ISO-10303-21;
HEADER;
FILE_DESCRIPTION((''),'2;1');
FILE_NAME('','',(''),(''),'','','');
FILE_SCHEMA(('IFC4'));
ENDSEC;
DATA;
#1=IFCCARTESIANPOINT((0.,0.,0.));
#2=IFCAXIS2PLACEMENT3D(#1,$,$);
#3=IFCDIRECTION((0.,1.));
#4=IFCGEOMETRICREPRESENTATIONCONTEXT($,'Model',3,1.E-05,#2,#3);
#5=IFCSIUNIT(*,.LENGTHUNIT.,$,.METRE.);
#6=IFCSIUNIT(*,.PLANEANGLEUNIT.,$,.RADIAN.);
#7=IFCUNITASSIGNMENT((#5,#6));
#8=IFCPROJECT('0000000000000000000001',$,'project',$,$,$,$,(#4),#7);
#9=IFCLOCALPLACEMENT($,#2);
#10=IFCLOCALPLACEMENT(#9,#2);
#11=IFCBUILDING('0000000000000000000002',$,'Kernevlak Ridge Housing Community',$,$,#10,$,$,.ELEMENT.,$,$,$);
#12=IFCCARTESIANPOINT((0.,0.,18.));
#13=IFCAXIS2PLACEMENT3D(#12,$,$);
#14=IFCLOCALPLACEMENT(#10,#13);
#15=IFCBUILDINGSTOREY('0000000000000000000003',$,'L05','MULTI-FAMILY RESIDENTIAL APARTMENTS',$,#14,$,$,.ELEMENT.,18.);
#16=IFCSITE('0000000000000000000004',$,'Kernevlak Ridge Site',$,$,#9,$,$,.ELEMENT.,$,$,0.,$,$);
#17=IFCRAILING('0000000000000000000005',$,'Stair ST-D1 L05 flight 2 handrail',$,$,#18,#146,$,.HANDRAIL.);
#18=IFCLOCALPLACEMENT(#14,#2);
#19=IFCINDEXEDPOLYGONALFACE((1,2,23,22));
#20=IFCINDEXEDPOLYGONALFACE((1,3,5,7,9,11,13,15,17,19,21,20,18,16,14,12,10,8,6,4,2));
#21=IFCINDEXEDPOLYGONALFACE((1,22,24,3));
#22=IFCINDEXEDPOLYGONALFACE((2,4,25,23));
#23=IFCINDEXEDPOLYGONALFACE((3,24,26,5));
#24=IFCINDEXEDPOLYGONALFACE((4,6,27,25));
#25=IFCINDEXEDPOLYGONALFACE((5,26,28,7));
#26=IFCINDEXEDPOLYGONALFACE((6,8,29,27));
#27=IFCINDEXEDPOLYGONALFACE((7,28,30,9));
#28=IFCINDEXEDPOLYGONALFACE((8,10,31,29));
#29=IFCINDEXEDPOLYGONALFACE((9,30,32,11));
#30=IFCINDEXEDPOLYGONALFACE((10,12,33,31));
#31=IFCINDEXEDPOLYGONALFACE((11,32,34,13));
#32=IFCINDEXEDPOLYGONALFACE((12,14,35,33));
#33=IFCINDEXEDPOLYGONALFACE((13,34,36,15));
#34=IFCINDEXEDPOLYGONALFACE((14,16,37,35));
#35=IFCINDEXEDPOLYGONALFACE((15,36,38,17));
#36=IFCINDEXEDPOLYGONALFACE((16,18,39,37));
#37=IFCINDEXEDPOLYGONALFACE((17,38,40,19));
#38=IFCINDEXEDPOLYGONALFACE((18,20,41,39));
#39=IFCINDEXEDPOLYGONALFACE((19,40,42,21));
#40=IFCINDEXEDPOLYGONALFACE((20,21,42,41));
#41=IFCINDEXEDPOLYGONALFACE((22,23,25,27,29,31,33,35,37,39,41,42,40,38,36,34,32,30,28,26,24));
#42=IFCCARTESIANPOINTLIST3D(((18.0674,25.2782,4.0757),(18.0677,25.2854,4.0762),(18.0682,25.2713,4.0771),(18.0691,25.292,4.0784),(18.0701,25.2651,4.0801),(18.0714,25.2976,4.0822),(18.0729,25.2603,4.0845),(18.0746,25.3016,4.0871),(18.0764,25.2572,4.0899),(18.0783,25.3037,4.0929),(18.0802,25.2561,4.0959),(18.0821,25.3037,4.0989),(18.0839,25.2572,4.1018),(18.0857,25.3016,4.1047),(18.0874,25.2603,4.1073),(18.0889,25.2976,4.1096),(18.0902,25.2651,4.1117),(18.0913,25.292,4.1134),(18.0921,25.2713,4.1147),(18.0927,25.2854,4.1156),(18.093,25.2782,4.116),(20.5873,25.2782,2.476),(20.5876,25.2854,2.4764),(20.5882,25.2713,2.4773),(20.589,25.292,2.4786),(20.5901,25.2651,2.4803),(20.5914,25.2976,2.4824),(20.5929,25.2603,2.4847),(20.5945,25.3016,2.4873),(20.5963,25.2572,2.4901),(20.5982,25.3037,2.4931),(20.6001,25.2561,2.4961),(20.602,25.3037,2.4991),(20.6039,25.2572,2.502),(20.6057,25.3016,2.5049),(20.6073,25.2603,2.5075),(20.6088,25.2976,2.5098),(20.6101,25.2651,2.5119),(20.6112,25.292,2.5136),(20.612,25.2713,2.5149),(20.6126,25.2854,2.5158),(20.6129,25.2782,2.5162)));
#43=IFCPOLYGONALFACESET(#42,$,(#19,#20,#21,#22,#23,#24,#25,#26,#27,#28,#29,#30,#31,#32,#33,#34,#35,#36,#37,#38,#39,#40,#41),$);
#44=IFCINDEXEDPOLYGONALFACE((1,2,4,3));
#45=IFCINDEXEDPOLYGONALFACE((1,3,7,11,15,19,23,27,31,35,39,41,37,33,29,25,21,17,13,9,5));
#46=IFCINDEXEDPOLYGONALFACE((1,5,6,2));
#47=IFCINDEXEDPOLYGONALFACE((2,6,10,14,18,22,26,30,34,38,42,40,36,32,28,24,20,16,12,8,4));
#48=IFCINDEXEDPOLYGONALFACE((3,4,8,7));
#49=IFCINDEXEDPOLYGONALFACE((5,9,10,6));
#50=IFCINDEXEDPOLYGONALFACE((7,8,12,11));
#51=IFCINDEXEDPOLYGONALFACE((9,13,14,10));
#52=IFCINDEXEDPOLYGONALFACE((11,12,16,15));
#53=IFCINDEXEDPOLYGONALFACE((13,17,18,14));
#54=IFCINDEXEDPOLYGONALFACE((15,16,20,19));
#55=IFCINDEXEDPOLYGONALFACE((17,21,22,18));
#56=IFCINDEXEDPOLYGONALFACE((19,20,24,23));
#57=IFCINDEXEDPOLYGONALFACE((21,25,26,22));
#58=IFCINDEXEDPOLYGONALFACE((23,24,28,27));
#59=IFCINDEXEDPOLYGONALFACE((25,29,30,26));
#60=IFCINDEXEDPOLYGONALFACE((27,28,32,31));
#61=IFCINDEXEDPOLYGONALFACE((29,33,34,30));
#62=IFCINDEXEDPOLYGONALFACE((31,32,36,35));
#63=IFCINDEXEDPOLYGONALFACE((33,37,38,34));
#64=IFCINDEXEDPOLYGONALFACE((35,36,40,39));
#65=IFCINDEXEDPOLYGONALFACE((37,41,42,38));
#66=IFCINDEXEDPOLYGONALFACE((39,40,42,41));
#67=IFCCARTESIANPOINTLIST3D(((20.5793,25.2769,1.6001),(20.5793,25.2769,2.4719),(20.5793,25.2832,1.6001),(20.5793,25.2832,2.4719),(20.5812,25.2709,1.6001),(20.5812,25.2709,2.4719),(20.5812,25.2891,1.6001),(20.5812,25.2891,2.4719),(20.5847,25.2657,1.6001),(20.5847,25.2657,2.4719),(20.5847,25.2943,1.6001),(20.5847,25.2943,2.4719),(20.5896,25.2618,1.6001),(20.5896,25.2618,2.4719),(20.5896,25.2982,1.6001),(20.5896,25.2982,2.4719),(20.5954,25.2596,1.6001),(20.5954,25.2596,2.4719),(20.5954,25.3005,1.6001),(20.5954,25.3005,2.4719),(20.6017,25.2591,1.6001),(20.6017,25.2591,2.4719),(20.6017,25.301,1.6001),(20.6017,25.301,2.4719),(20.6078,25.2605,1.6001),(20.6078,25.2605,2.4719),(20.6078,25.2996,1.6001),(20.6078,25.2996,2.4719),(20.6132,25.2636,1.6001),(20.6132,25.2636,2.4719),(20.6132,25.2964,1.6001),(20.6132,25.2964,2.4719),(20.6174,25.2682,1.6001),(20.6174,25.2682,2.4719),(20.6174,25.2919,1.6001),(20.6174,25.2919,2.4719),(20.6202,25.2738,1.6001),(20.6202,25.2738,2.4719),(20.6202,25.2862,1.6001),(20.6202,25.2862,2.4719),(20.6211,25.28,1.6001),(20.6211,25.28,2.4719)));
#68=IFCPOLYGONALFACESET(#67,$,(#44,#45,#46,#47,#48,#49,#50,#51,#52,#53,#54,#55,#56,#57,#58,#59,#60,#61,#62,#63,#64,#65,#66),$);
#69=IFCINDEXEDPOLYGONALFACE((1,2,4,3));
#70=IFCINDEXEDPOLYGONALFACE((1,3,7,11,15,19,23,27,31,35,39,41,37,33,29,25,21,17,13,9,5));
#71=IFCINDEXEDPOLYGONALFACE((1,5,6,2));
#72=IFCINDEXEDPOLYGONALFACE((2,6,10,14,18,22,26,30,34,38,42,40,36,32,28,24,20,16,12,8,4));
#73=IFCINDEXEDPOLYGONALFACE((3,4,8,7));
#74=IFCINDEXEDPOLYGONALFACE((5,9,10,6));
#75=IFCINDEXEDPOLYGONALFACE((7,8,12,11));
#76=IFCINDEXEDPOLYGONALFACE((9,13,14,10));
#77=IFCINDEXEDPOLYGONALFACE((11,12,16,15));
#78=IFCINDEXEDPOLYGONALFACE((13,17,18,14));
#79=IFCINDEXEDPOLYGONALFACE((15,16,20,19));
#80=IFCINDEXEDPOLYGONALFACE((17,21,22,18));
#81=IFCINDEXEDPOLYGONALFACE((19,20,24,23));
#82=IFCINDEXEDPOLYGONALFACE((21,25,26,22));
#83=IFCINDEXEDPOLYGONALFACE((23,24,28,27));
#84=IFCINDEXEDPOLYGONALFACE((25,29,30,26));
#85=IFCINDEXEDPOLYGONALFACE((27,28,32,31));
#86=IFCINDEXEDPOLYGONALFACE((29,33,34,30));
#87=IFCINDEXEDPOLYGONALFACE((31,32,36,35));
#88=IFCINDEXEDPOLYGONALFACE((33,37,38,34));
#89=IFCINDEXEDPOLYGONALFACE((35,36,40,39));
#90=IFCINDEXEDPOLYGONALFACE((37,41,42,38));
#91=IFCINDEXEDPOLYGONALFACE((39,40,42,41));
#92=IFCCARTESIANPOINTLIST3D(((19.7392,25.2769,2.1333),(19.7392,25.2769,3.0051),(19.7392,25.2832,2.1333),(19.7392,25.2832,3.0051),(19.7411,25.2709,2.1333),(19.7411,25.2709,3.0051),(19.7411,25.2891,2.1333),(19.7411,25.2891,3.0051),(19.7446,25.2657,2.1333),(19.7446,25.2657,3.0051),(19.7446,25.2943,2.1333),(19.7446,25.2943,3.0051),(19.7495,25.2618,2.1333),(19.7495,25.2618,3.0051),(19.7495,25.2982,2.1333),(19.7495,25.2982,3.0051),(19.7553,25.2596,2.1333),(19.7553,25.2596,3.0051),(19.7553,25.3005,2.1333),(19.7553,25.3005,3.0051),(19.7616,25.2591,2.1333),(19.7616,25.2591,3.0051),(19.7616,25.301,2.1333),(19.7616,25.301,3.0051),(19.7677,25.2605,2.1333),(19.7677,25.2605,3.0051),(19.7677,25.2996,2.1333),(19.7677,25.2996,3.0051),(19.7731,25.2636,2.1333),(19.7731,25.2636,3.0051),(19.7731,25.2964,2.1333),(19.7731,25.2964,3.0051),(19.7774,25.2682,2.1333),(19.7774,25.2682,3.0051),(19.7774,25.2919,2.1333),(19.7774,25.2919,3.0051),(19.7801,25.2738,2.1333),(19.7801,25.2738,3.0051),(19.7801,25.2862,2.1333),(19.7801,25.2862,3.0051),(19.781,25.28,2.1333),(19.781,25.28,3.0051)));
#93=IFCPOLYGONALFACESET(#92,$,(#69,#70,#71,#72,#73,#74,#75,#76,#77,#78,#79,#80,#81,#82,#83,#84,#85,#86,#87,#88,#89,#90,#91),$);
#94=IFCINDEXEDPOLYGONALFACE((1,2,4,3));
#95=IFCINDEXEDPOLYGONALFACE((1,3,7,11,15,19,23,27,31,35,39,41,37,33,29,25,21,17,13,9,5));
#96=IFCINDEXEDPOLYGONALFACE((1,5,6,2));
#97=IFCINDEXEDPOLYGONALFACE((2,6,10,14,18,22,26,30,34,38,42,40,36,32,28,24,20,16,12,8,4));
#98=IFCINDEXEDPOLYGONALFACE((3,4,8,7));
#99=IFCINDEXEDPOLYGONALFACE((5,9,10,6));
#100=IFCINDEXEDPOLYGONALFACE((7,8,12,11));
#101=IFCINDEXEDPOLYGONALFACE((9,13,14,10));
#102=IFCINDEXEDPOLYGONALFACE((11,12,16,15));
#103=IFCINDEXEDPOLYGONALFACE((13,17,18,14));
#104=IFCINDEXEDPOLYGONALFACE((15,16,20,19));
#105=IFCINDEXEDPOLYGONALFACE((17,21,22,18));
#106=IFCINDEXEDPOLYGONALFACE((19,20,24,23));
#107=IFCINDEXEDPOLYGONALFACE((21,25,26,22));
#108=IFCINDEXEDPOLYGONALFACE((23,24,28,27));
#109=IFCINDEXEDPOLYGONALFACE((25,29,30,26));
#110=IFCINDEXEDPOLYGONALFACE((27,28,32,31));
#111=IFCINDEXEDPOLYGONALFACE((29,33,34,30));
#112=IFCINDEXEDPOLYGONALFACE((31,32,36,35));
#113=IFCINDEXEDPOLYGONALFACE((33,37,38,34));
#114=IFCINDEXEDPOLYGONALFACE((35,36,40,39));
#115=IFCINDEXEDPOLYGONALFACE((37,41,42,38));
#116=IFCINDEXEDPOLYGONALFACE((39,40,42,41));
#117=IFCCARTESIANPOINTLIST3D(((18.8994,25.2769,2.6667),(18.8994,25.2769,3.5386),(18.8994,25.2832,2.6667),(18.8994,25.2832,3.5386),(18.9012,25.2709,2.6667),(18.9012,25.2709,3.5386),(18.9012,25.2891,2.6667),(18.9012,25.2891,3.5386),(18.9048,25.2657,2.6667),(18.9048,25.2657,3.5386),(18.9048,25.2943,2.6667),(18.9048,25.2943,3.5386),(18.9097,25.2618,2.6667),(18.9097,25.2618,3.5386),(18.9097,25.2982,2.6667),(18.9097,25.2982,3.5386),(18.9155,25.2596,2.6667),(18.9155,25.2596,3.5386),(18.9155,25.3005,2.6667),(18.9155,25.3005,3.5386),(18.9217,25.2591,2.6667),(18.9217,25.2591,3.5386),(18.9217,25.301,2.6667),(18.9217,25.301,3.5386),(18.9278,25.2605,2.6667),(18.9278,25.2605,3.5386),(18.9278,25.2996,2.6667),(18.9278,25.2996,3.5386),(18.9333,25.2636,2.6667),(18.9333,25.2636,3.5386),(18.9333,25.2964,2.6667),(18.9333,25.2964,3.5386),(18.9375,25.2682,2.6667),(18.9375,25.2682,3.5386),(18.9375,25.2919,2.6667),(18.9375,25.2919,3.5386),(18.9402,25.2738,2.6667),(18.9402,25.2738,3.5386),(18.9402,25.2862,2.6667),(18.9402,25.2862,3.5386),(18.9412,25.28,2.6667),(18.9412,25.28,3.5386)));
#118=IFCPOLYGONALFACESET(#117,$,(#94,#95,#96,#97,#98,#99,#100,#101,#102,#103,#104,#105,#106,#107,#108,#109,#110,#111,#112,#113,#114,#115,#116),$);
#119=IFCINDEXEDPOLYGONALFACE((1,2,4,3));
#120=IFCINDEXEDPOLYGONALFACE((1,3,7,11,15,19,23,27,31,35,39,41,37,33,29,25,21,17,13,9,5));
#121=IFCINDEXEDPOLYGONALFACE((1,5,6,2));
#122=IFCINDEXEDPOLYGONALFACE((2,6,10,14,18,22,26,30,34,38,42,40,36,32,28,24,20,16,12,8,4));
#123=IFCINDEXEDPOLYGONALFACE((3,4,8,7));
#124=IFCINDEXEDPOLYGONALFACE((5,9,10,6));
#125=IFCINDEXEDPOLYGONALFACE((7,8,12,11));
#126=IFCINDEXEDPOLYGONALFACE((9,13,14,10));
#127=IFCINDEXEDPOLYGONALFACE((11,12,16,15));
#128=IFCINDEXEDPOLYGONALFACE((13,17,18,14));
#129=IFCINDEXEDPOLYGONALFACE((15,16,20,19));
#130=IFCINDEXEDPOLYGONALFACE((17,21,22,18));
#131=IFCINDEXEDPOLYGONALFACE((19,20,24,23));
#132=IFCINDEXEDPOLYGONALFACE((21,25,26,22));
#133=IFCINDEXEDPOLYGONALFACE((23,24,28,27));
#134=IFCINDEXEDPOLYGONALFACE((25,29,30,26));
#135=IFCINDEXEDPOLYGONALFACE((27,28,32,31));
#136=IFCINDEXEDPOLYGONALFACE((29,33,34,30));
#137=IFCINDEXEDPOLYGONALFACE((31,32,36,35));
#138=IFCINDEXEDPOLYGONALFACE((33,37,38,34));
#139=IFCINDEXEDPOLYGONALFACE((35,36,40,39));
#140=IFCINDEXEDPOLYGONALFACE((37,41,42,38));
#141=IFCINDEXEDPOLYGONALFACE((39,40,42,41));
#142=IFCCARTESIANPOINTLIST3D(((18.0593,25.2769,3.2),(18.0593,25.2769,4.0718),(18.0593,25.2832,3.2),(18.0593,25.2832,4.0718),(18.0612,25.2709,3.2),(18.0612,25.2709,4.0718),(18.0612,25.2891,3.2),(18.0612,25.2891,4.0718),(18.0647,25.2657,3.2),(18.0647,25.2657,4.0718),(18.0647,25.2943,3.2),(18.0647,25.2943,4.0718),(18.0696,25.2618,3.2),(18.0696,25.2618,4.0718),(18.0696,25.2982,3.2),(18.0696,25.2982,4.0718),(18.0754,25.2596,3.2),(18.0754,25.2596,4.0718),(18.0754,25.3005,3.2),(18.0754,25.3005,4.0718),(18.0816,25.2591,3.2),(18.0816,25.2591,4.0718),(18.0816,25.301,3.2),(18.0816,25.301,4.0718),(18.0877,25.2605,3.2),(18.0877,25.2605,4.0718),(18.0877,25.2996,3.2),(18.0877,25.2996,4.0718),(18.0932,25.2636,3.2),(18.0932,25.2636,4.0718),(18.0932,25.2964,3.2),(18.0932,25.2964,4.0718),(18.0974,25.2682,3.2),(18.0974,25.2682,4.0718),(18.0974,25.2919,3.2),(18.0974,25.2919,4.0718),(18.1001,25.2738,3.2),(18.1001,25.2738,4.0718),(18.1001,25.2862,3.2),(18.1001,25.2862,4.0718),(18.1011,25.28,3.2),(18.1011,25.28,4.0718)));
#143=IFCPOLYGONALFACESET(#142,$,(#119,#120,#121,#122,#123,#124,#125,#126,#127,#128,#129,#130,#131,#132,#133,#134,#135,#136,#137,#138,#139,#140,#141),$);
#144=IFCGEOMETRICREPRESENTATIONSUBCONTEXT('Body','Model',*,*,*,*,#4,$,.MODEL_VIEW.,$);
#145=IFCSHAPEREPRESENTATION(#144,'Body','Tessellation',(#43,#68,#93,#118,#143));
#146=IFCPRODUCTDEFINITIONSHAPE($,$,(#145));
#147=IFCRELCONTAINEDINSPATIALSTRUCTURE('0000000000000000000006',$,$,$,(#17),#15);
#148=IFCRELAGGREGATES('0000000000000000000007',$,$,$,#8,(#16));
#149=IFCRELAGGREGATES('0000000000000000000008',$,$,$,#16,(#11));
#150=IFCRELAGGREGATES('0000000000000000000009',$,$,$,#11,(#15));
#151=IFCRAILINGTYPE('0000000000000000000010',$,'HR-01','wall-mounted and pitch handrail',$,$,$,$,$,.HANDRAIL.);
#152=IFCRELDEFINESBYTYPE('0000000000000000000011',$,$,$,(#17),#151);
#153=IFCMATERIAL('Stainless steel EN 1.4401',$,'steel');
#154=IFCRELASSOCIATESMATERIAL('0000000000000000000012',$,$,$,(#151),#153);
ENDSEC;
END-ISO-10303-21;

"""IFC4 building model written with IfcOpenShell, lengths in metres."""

from ifc_helpers import new_model, si_unit, direction, frame, origin, origin_2d, place, context, subcontext, project, spatial, circle, extrude, material, type_object, element, save


model = new_model("IFC4")

# Units and contexts
model_context = context("Model", 3, precision=1e-05, world=origin(), true_north=direction((0.0, 1.0)))
body_context = subcontext(model_context, "Body", "Model", "MODEL_VIEW")
ifc_project = project(units=[si_unit("LENGTHUNIT", "METRE"), si_unit("PLANEANGLEUNIT", "RADIAN")], contexts=[model_context])

# Site, building, storey
site_placement = place(None, origin())
site = spatial("IfcSite", under=ifc_project, at=site_placement, Name="Kernevlak Ridge Site", CompositionType="ELEMENT", RefElevation=0.0)
building_placement = place(site_placement, origin())
building = spatial("IfcBuilding", under=site, at=building_placement, Name="Kernevlak Ridge Housing Community", CompositionType="ELEMENT")
storey_placement = place(building_placement, frame((0.0, 0.0, 18.0)))
storey = spatial("IfcBuildingStorey", under=building, at=storey_placement, Name="L05", Description="MULTI-FAMILY RESIDENTIAL APARTMENTS", CompositionType="ELEMENT", Elevation=18.0)

# Shared definitions
ifc_material_1 = material(Name="Stainless steel EN 1.4401", Category="steel")

# Railing
railing_type_1 = type_object("IfcRailingType", Name="HR-01", Description="wall-mounted and pitch handrail", PredefinedType="HANDRAIL", material=ifc_material_1)
railing_1_placement = place(storey_placement, frame((20.6001, 25.28, 1.6001)))
element("IfcRailing", 1, at=railing_1_placement, inside=storey, type_object=railing_type_1, Name="Stair ST-D1 L05 flight 2 handrail", PredefinedType="HANDRAIL", context=body_context, shape_type="SweptSolid", body=[
    extrude(circle(Radius=0.0239, at=origin_2d()), frame((0.0, 0.0, 0.896), z_axis=(-0.844237, 0.0, 0.53597), x_axis=(0.0, -1.0, 0.0)), (0.0, 0.0, 1.0), 2.9849),
    extrude(circle(Radius=0.021, at=origin_2d()), origin(), (0.0, 0.0, 1.0), 0.8718),
    extrude(circle(Radius=0.021, at=origin_2d()), frame((-0.8401, 0.0, 0.5332)), (0.0, 0.0, 1.0), 0.8718),
    extrude(circle(Radius=0.021, at=origin_2d()), frame((-1.6799, 0.0, 1.0667)), (0.0, 0.0, 1.0), 0.8718),
    extrude(circle(Radius=0.021, at=origin_2d()), frame((-2.52, 0.0, 1.5999)), (0.0, 0.0, 1.0), 0.8718),
])

save(model, "model.ifc")
